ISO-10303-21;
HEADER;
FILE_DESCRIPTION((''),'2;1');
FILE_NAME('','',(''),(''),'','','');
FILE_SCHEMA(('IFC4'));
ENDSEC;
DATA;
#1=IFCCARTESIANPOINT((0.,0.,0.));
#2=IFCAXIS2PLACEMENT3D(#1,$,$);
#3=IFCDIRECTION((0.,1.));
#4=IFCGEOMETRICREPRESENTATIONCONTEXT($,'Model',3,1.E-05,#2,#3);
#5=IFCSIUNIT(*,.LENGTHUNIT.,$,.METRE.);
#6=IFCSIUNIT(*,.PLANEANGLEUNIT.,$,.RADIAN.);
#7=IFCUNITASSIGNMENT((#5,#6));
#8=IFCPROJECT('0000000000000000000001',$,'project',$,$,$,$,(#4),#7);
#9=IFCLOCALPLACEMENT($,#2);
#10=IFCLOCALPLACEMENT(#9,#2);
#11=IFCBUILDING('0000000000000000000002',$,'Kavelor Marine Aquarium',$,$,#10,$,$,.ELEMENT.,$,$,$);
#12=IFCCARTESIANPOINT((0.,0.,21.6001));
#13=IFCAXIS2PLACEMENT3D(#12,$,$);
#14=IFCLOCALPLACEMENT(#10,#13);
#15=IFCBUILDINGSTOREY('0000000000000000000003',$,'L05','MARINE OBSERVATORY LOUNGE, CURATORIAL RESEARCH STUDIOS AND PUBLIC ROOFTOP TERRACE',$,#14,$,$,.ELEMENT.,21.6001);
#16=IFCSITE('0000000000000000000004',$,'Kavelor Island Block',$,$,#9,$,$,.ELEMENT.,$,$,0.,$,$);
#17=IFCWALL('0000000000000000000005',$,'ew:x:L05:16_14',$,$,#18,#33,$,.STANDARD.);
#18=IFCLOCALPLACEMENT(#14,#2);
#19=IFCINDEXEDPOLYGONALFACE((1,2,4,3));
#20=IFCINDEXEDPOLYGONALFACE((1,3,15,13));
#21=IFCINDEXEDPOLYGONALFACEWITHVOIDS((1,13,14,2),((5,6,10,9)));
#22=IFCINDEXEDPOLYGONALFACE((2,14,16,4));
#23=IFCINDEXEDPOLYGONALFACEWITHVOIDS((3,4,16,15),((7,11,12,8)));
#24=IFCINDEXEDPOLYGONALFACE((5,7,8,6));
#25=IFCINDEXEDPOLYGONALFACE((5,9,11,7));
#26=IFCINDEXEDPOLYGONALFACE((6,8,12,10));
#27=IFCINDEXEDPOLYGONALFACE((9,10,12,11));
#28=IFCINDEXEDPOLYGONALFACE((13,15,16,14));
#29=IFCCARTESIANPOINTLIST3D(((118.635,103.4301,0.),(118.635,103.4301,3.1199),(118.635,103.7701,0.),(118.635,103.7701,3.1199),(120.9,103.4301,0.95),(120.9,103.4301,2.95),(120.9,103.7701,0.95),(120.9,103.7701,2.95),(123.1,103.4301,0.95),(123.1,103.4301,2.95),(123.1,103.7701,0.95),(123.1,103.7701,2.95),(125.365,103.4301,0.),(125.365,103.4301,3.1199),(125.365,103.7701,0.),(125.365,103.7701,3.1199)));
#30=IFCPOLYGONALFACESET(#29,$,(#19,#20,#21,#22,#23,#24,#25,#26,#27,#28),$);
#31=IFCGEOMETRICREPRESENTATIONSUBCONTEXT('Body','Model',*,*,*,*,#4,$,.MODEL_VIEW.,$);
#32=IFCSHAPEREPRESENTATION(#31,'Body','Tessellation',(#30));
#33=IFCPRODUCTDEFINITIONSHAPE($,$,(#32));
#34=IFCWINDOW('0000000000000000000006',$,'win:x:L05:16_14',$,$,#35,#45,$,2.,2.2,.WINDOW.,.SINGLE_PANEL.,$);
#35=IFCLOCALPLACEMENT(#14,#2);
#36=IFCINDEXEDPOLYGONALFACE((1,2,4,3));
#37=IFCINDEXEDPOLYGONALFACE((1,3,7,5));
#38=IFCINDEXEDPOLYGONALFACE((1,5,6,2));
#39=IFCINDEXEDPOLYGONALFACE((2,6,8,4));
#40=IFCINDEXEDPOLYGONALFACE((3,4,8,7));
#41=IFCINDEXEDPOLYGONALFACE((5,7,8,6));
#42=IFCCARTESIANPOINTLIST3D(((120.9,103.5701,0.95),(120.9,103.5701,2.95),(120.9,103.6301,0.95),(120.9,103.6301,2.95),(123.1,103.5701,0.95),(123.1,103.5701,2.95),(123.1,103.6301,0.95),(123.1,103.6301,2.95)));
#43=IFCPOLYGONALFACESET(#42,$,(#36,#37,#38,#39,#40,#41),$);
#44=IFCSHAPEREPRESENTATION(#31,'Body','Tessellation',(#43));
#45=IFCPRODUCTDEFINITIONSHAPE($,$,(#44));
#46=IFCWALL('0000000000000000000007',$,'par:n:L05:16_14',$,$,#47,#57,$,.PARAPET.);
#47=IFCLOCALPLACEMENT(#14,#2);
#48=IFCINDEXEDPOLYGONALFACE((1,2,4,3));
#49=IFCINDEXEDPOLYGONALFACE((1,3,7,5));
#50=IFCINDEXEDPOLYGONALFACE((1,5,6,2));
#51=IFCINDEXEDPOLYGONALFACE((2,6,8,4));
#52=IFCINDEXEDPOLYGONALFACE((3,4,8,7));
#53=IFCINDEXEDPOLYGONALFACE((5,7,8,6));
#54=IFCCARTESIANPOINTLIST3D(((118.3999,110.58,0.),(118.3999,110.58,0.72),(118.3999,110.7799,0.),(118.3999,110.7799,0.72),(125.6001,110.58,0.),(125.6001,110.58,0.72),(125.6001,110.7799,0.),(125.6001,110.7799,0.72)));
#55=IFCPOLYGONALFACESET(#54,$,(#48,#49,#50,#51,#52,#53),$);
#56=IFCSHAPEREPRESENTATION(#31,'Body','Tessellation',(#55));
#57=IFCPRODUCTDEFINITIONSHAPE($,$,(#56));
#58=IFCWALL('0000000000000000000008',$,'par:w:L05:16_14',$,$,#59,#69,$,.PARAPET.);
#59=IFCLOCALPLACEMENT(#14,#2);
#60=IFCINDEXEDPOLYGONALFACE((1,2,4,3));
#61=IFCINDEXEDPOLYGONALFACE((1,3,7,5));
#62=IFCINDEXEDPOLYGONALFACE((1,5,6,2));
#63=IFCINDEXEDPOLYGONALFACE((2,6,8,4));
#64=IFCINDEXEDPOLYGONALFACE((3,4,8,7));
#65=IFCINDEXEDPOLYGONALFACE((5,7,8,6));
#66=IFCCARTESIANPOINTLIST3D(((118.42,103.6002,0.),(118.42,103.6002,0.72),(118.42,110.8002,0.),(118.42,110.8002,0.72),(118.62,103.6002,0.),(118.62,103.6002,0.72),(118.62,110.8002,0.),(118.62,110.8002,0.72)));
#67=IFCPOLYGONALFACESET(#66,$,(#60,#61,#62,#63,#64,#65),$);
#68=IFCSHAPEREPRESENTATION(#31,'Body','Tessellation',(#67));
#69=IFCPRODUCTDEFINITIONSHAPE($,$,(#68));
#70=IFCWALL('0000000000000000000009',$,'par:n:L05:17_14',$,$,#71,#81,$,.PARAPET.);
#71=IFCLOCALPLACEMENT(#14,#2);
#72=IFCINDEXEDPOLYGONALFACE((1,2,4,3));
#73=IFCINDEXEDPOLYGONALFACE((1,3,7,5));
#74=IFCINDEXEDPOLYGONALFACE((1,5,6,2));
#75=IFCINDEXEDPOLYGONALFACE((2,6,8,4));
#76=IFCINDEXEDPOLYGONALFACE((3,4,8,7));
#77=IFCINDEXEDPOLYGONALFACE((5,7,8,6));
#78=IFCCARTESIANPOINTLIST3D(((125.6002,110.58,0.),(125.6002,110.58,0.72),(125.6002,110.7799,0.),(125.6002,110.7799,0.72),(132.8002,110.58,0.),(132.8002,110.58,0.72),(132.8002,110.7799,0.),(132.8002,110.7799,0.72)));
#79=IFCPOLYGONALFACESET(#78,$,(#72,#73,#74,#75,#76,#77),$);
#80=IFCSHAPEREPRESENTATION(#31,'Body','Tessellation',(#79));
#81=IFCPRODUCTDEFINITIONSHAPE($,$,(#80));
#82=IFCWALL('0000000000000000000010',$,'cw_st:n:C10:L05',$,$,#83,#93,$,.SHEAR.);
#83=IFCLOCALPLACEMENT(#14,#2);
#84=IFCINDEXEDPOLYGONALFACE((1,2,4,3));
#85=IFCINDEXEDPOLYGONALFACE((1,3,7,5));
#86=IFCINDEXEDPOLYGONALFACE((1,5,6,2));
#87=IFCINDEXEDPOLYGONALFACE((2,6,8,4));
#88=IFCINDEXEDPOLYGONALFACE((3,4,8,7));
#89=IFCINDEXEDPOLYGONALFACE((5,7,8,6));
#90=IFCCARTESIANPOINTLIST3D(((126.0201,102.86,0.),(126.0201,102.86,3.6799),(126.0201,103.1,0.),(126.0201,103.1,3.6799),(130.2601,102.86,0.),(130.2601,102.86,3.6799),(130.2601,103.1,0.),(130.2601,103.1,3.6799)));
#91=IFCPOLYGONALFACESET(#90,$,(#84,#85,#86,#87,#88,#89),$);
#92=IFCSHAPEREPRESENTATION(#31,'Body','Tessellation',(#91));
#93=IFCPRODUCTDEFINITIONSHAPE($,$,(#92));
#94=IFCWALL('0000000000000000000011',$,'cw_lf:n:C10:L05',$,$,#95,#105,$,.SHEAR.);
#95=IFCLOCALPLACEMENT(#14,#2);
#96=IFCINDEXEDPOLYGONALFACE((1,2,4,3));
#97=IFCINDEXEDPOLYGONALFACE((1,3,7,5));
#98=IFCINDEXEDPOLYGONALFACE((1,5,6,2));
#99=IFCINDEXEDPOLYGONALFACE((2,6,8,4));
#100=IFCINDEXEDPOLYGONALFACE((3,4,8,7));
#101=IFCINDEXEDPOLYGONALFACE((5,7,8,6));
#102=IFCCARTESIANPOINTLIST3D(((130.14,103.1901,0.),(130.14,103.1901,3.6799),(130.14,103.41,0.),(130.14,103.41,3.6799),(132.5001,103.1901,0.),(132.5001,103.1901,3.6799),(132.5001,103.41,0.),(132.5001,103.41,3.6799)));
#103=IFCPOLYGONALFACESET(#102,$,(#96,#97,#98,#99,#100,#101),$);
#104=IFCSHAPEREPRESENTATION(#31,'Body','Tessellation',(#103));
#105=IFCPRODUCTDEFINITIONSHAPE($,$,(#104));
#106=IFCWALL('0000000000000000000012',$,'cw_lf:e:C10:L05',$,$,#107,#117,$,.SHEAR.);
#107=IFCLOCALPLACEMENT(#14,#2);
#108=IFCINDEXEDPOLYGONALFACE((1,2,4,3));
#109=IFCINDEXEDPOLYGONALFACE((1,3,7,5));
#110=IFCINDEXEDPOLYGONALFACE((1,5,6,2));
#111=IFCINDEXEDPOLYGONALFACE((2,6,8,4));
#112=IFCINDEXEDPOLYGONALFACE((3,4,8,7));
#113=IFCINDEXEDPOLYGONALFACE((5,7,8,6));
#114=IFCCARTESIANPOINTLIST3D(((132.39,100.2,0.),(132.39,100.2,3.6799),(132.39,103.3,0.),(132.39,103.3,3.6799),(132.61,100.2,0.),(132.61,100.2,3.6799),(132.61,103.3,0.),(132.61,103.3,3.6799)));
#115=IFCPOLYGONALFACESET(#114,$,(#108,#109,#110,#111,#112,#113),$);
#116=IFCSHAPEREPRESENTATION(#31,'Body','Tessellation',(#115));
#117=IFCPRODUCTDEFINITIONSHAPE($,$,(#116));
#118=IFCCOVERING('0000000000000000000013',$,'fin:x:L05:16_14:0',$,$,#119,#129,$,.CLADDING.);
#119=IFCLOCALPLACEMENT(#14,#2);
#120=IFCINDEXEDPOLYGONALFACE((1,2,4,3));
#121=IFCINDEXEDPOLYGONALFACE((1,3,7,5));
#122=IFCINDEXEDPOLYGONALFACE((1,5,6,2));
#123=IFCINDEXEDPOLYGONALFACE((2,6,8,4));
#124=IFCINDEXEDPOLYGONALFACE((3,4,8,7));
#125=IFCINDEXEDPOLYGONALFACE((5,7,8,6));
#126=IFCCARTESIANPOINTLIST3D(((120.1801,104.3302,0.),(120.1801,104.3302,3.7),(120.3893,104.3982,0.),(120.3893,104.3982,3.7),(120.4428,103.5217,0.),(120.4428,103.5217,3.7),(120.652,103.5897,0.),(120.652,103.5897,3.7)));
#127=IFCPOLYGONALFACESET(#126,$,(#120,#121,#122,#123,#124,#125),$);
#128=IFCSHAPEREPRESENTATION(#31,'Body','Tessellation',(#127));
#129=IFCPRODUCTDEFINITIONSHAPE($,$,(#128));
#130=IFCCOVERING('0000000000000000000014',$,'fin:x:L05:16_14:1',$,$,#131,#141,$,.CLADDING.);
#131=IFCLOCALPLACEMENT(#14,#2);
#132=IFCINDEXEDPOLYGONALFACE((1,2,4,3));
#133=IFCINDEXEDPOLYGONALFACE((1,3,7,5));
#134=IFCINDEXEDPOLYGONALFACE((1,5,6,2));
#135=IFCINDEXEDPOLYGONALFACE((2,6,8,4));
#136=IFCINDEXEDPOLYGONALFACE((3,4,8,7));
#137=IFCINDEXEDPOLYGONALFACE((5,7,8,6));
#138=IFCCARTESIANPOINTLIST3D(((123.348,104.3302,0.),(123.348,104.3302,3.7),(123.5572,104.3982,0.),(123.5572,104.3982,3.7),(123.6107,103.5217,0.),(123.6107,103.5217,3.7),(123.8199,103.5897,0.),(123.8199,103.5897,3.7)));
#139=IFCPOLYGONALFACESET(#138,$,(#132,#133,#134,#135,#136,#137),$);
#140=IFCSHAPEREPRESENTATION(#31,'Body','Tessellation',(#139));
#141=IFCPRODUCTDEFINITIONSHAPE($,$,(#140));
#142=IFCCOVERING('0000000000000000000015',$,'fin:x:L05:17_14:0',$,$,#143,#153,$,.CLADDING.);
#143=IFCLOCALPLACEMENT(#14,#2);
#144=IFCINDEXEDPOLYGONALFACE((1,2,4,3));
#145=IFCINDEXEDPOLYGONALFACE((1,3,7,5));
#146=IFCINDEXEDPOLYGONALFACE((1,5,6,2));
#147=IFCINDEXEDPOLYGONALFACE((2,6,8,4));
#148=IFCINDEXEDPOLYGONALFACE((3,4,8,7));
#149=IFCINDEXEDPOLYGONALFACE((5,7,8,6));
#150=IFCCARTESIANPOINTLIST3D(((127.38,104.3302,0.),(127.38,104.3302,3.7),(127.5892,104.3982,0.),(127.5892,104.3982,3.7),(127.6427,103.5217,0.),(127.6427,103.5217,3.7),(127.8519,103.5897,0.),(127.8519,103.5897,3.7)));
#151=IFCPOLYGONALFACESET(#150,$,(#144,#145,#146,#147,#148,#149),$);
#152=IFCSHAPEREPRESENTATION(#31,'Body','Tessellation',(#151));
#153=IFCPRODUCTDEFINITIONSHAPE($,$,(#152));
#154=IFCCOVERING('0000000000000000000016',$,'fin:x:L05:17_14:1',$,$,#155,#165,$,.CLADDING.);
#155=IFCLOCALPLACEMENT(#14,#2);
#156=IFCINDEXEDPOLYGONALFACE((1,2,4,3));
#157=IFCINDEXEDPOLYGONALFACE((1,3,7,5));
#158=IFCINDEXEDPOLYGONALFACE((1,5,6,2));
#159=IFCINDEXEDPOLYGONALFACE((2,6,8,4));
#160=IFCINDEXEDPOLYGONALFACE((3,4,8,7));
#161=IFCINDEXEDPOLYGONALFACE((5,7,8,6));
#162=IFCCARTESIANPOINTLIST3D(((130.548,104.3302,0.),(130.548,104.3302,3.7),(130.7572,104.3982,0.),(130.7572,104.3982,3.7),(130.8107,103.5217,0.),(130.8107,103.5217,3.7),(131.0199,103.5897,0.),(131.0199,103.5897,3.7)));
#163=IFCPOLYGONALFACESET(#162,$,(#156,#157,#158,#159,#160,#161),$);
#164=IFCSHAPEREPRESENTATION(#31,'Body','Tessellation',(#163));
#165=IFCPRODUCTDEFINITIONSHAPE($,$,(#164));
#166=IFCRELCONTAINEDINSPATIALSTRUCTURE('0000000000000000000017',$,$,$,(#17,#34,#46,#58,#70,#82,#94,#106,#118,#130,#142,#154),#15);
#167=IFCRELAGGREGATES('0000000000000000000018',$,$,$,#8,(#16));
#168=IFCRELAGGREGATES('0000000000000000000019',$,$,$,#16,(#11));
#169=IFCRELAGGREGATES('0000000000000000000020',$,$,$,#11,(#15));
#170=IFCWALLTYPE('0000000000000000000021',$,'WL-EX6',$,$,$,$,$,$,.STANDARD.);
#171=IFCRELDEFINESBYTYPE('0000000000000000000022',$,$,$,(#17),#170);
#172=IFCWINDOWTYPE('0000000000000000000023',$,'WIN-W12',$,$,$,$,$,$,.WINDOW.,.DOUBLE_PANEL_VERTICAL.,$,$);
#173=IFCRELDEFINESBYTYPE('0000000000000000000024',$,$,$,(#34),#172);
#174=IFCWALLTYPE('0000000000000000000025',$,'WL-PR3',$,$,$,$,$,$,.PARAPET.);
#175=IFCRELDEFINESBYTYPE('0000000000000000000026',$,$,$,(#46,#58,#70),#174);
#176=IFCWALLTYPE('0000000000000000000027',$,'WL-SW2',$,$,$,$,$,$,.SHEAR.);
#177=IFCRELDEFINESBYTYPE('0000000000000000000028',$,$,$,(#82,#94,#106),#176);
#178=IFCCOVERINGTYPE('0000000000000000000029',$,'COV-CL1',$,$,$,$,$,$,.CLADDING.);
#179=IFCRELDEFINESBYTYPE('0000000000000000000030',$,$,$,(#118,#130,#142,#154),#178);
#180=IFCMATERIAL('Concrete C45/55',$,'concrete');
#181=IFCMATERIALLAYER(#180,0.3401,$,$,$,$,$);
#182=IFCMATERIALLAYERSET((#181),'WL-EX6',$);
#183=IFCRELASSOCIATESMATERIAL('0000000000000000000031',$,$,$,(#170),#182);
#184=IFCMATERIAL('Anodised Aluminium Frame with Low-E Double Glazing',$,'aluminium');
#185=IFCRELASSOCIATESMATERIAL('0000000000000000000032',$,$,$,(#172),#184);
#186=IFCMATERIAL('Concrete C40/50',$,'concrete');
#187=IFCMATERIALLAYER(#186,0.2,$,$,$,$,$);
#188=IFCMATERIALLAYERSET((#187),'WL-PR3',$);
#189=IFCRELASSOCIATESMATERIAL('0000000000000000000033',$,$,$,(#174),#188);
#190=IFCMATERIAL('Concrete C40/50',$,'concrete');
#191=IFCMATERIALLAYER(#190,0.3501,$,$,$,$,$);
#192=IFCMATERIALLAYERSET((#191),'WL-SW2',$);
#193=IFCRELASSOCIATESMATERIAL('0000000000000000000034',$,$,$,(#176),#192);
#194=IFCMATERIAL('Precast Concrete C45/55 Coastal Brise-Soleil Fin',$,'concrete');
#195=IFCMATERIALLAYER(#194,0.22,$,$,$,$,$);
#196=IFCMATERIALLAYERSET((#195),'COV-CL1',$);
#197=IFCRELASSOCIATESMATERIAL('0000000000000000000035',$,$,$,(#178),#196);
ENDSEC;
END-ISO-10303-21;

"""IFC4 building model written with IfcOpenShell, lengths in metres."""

from ifc_helpers import new_model, si_unit, direction, frame, frame_2d, origin, origin_2d, place, context, subcontext, project, spatial, rectangle, extrude, material, layer, layer_set, type_object, element, fill, save


model = new_model("IFC4")

# Units and contexts
model_context = context("Model", 3, precision=1e-05, world=origin(), true_north=direction((0.0, 1.0)))
body_context = subcontext(model_context, "Body", "Model", "MODEL_VIEW")
ifc_project = project(units=[si_unit("LENGTHUNIT", "METRE"), si_unit("PLANEANGLEUNIT", "RADIAN")], contexts=[model_context])

# Site, building, storey
site_placement = place(None, origin())
site = spatial("IfcSite", under=ifc_project, at=site_placement, Name="Kavelor Island Block", CompositionType="ELEMENT", RefElevation=0.0)
building_placement = place(site_placement, origin())
building = spatial("IfcBuilding", under=site, at=building_placement, Name="Kavelor Marine Aquarium", CompositionType="ELEMENT")
storey_placement = place(building_placement, frame((0.0, 0.0, 21.6001)))
storey = spatial("IfcBuildingStorey", under=building, at=storey_placement, Name="L05", Description="MARINE OBSERVATORY LOUNGE, CURATORIAL RESEARCH STUDIOS AND PUBLIC ROOFTOP TERRACE", CompositionType="ELEMENT", Elevation=21.6001)

# Wall, opening, window
ifc_material_1 = material(Name="Concrete C45/55", Category="concrete")
ifc_layer_1 = layer(ifc_material_1, 0.3401)
ifc_layer_set_1 = layer_set([ifc_layer_1], Name="WL-EX6")
wall_type_1 = type_object("IfcWallType", Name="WL-EX6", PredefinedType="STANDARD", material=ifc_layer_set_1)
wall_1_placement = place(storey_placement, frame((118.635, 103.6001, 0.0), z_axis=(0.0, 0.0, 1.0), x_axis=(1.0, 0.0, 0.0)))
wall_1 = element("IfcWall", 1, at=wall_1_placement, inside=storey, type_object=wall_type_1, Name="ew:x:L05:16_14", PredefinedType="STANDARD", context=body_context, shape_type="SweptSolid", body=[
    extrude(rectangle(XDim=6.73, YDim=0.3401, at=frame_2d((3.365, 0.0))), origin(), (0.0, 0.0, 1.0), 3.1199),
])
opening_1_placement = place(wall_1_placement, frame((2.2649, 0.0, 0.95)))
opening_1 = element("IfcOpeningElement", 2, at=opening_1_placement, cuts=wall_1, PredefinedType="OPENING", context=body_context, shape_type="SweptSolid", body=[
    extrude(rectangle(XDim=2.2, YDim=2.0, at=frame_2d((1.1001, 1.0))), frame((0.0, 0.1799, 0.0), z_axis=(0.0, -1.0, 0.0), x_axis=(1.0, 0.0, 0.0)), (0.0, 0.0, 1.0), 0.3601),
])
ifc_material_2 = material(Name="Anodised Aluminium Frame with Low-E Double Glazing", Category="aluminium")
window_type = type_object("IfcWindowType", Name="WIN-W12", PartitioningType="DOUBLE_PANEL_VERTICAL", PredefinedType="WINDOW", material=ifc_material_2)
window_placement = place(opening_1_placement, origin())
window = element("IfcWindow", 3, at=window_placement, inside=storey, type_object=window_type, Name="win:x:L05:16_14", OverallHeight=2.0, OverallWidth=2.2, PartitioningType="SINGLE_PANEL", PredefinedType="WINDOW", context=body_context, shape_type="SweptSolid", body=[
    extrude(rectangle(XDim=2.2, YDim=2.0, at=frame_2d((1.1001, 1.0))), frame((0.0, 0.03, 0.0), z_axis=(0.0, -1.0, 0.0), x_axis=(1.0, 0.0, 0.0)), (0.0, 0.0, 1.0), 0.0601),
])
fill(opening_1, window)

# Walls
ifc_material_3 = material(Name="Concrete C40/50", Category="concrete")
ifc_layer_2 = layer(ifc_material_3, 0.2)
ifc_layer_set_2 = layer_set([ifc_layer_2], Name="WL-PR3")
wall_type_2 = type_object("IfcWallType", Name="WL-PR3", PredefinedType="PARAPET", material=ifc_layer_set_2)
wall_2_placement = place(storey_placement, frame((118.3999, 110.6799, 0.0), z_axis=(0.0, 0.0, 1.0), x_axis=(1.0, 0.0, 0.0)))
element("IfcWall", 4, at=wall_2_placement, inside=storey, type_object=wall_type_2, Name="par:n:L05:16_14", PredefinedType="PARAPET", context=body_context, shape_type="SweptSolid", body=[
    extrude(rectangle(XDim=7.2002, YDim=0.2, at=frame_2d((3.6001, 0.0))), origin(), (0.0, 0.0, 1.0), 0.72),
])
for number, where, z_axis, x_axis, name in (
    (5, (118.52, 103.6001, 0.0), (0.0, 0.0, 1.0), (0.0, 1.0, 0.0), "par:w:L05:16_14"),
    (6, (125.6001, 110.6799, 0.0), (0.0, 0.0, 1.0), (1.0, 0.0, 0.0), "par:n:L05:17_14"),
):
    element("IfcWall", number, at=place(storey_placement, frame(where, z_axis=z_axis, x_axis=x_axis)), inside=storey, type_object=wall_type_2, Name=name, PredefinedType="PARAPET", context=body_context, shape_type="SweptSolid", body=[
        extrude(rectangle(XDim=7.2, YDim=0.2, at=frame_2d((3.6001, 0.0))), origin(), (0.0, 0.0, 1.0), 0.72),
    ])
ifc_material_4 = material(Name="Concrete C40/50", Category="concrete")
ifc_layer_3 = layer(ifc_material_4, 0.3501)
ifc_layer_set_3 = layer_set([ifc_layer_3], Name="WL-SW2")
wall_type_3 = type_object("IfcWallType", Name="WL-SW2", PredefinedType="SHEAR", material=ifc_layer_set_3)
wall_3_placement = place(storey_placement, frame((126.02, 102.98, 0.0), z_axis=(0.0, 0.0, 1.0), x_axis=(1.0, 0.0, 0.0)))
element("IfcWall", 7, at=wall_3_placement, inside=storey, type_object=wall_type_3, Name="cw_st:n:C10:L05", PredefinedType="SHEAR", context=body_context, shape_type="SweptSolid", body=[
    extrude(rectangle(XDim=4.24, YDim=0.24, at=frame_2d((2.1201, 0.0))), origin(), (0.0, 0.0, 1.0), 3.6799),
])

# Walls
wall_4_placement = place(storey_placement, frame((130.1399, 103.3, 0.0), z_axis=(0.0, 0.0, 1.0), x_axis=(1.0, 0.0, 0.0)))
element("IfcWall", 8, at=wall_4_placement, inside=storey, type_object=wall_type_3, Name="cw_lf:n:C10:L05", PredefinedType="SHEAR", context=body_context, shape_type="SweptSolid", body=[
    extrude(rectangle(XDim=2.3601, YDim=0.22, at=frame_2d((1.1802, 0.0))), origin(), (0.0, 0.0, 1.0), 3.6799),
])
wall_5_placement = place(storey_placement, frame((132.5, 100.2, 0.0), z_axis=(0.0, 0.0, 1.0), x_axis=(0.0, 1.0, 0.0)))
element("IfcWall", 9, at=wall_5_placement, inside=storey, type_object=wall_type_3, Name="cw_lf:e:C10:L05", PredefinedType="SHEAR", context=body_context, shape_type="SweptSolid", body=[
    extrude(rectangle(XDim=3.1001, YDim=0.22, at=frame_2d((1.55, 0.0))), origin(), (0.0, 0.0, 1.0), 3.6799),
])

# Coverings
ifc_material_5 = material(Name="Precast Concrete C45/55 Coastal Brise-Soleil Fin", Category="concrete")
ifc_layer_4 = layer(ifc_material_5, 0.22)
ifc_layer_set_4 = layer_set([ifc_layer_4], Name="COV-CL1")
covering_type = type_object("IfcCoveringType", Name="COV-CL1", PredefinedType="CLADDING", material=ifc_layer_set_4)
for number, where, z_axis, x_axis, name in (
    (10, (120.416, 103.96, 0.0), (0.0, 0.0, 1.0), (0.951057, 0.309017, 0.0), "fin:x:L05:16_14:0"),
    (11, (123.584, 103.96, 0.0), (0.0, 0.0, 1.0), (0.951057, 0.309017, 0.0), "fin:x:L05:16_14:1"),
    (12, (127.616, 103.96, 0.0), (0.0, 0.0, 1.0), (0.951057, 0.309017, 0.0), "fin:x:L05:17_14:0"),
    (13, (130.7839, 103.96, 0.0), (0.0, 0.0, 1.0), (0.951057, 0.309017, 0.0), "fin:x:L05:17_14:1"),
):
    element("IfcCovering", number, at=place(storey_placement, frame(where, z_axis=z_axis, x_axis=x_axis)), inside=storey, type_object=covering_type, Name=name, PredefinedType="CLADDING", context=body_context, shape_type="SweptSolid", body=[
        extrude(rectangle(XDim=0.22, YDim=0.8501, at=origin_2d()), origin(), (0.0, 0.0, 1.0), 3.7),
    ])

save(model, "model.ifc")
